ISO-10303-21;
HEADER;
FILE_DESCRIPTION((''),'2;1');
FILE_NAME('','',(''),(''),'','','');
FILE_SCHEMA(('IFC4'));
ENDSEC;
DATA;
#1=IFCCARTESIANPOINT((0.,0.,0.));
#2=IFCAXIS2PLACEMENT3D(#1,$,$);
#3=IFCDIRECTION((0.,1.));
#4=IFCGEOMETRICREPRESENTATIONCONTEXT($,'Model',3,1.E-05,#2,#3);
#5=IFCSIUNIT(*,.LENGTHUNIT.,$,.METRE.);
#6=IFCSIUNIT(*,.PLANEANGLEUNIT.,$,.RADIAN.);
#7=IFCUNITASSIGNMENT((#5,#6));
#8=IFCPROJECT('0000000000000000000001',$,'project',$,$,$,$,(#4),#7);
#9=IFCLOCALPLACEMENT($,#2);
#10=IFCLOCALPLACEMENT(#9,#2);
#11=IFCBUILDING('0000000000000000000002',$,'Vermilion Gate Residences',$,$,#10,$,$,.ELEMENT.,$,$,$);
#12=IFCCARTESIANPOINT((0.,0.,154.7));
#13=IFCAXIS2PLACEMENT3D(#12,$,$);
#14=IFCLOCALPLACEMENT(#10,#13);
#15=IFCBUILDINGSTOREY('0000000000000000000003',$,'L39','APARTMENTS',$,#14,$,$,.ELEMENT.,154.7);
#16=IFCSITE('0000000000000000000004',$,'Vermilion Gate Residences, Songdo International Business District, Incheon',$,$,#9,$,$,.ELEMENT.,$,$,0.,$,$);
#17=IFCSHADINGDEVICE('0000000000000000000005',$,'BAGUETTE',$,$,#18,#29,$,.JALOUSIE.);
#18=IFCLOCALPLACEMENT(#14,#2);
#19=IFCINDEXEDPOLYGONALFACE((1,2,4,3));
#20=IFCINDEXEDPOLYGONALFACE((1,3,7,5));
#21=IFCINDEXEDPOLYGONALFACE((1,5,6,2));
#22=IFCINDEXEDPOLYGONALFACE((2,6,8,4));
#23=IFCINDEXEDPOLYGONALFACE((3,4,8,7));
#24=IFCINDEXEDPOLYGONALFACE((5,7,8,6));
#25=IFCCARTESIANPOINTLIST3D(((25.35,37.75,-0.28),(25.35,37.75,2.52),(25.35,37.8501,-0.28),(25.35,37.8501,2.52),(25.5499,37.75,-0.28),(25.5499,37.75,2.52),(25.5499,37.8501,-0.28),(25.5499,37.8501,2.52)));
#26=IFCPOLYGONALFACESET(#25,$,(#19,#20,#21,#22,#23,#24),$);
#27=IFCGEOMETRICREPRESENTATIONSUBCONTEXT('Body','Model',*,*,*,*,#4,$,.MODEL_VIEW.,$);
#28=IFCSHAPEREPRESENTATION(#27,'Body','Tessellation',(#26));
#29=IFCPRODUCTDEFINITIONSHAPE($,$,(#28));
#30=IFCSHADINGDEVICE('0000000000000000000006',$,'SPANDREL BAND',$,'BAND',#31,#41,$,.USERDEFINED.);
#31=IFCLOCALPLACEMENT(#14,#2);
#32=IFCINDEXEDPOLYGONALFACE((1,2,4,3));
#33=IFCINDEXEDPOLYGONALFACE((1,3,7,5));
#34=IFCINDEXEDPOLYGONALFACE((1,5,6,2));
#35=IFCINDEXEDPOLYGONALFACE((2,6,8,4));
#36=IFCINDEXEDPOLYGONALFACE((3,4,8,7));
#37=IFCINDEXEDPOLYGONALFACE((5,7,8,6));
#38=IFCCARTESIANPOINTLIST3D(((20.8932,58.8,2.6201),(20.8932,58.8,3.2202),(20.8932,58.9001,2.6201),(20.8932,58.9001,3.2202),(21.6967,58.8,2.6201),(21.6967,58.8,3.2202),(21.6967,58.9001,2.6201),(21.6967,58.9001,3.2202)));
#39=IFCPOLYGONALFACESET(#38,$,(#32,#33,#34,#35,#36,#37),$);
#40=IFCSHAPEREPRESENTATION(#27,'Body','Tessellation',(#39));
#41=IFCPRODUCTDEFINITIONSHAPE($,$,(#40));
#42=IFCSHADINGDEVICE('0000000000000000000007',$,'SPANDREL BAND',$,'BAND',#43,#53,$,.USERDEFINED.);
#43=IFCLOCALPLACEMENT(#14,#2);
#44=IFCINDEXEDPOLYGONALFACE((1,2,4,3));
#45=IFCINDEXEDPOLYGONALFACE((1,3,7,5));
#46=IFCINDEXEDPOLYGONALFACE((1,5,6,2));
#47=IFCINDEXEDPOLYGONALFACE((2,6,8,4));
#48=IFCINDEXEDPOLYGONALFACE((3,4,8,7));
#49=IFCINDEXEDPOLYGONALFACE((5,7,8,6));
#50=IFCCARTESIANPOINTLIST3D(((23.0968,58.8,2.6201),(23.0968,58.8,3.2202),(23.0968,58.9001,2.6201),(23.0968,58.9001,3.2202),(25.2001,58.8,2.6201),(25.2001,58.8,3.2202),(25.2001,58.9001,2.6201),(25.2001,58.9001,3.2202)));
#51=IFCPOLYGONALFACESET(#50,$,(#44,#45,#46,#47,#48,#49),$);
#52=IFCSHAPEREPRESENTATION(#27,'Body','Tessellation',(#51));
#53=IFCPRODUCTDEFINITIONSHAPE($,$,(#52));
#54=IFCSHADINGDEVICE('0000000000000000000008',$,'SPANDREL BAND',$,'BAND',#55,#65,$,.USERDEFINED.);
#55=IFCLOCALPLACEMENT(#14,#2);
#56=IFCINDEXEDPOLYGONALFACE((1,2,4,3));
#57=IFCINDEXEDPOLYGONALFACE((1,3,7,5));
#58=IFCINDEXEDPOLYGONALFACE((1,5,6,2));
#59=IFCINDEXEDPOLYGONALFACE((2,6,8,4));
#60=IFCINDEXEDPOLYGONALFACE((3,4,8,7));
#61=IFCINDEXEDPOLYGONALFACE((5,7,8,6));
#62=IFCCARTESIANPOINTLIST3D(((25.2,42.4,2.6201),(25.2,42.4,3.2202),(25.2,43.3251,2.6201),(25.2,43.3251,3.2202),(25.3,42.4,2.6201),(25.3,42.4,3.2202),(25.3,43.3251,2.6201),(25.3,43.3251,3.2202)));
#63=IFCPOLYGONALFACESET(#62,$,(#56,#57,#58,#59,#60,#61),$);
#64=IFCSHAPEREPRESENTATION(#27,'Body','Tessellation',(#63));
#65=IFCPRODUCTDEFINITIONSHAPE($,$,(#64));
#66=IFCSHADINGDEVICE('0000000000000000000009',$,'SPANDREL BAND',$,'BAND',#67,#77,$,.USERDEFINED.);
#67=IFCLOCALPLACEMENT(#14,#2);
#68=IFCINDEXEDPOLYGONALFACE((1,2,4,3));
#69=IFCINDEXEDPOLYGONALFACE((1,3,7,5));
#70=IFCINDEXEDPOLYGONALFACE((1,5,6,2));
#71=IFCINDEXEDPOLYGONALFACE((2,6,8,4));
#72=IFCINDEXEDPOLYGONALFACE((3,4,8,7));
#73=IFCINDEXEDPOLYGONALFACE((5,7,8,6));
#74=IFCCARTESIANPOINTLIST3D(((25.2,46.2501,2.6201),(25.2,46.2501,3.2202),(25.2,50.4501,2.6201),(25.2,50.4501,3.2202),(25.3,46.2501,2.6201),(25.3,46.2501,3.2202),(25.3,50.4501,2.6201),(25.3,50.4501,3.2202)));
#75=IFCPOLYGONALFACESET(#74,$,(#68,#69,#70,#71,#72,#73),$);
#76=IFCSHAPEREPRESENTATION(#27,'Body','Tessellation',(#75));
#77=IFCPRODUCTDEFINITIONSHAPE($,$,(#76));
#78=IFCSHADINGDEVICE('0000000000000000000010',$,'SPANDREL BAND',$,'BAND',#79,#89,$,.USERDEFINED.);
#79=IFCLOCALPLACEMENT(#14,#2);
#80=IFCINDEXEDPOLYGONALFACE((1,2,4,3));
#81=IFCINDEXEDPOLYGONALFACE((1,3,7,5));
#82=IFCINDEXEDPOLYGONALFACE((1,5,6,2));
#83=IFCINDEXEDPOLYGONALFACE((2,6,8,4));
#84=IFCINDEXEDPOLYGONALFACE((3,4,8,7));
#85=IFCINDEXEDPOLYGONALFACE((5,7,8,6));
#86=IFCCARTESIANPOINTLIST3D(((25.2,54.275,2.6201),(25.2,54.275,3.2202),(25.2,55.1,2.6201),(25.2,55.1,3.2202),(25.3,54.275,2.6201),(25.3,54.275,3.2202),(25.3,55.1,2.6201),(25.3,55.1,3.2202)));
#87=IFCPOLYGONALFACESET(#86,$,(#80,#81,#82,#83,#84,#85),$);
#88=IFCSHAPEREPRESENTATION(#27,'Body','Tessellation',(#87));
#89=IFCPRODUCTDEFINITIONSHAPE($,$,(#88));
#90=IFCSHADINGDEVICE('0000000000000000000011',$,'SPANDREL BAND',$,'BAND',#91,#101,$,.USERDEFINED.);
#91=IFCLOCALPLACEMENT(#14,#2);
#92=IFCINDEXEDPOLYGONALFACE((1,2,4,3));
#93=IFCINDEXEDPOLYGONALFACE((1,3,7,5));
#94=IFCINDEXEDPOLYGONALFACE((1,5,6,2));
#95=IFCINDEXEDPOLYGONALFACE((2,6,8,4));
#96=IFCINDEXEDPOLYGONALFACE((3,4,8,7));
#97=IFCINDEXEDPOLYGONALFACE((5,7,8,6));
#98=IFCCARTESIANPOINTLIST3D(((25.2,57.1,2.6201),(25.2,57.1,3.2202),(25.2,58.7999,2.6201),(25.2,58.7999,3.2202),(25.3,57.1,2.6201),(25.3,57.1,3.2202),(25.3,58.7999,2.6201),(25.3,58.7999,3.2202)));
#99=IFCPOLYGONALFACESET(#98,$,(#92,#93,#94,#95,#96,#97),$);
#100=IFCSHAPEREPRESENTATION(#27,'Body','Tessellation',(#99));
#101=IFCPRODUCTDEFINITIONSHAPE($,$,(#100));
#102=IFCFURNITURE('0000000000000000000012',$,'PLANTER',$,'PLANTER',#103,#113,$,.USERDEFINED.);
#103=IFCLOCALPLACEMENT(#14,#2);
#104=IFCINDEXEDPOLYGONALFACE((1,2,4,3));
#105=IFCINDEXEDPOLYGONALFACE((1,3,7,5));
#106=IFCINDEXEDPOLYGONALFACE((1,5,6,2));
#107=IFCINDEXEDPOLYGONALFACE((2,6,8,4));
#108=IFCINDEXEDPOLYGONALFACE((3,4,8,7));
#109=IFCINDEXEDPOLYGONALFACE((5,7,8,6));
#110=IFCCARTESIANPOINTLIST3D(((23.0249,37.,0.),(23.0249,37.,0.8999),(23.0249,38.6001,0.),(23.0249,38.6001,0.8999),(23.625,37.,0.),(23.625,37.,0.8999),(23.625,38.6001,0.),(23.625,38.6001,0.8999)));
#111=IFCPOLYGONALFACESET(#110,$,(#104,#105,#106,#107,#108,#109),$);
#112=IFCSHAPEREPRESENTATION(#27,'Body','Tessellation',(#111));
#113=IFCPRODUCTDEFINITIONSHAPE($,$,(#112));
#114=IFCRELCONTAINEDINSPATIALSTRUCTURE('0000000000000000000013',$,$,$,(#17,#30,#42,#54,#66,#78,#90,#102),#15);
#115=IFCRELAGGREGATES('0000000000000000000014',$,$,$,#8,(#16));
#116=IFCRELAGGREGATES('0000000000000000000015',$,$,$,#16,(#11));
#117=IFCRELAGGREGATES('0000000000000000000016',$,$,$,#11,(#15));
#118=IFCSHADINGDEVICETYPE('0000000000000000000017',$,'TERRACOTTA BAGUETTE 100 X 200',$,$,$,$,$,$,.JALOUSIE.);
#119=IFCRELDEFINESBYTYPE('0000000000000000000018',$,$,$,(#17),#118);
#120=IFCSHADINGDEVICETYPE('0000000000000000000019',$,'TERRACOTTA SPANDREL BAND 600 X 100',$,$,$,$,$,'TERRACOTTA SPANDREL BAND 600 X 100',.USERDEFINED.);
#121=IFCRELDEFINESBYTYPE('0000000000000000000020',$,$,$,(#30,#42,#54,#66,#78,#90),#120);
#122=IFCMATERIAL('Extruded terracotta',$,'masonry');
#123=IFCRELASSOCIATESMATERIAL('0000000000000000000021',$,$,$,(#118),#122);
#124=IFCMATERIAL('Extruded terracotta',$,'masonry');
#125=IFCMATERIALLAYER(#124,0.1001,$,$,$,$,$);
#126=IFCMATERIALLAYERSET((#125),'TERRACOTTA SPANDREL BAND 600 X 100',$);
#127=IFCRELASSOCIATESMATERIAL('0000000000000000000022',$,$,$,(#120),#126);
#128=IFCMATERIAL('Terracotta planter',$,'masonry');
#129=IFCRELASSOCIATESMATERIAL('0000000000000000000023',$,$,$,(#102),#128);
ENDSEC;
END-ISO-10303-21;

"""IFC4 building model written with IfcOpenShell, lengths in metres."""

from ifc_helpers import new_model, si_unit, direction, frame, origin, origin_2d, place, context, subcontext, project, spatial, rectangle, extrude, material, layer, layer_set, material_profile, profile_set, type_object, element, save


model = new_model("IFC4")

# Units and contexts
model_context = context("Model", 3, precision=1e-05, world=origin(), true_north=direction((0.0, 1.0)))
body_context = subcontext(model_context, "Body", "Model", "MODEL_VIEW")
ifc_project = project(units=[si_unit("LENGTHUNIT", "METRE"), si_unit("PLANEANGLEUNIT", "RADIAN")], contexts=[model_context])

# Site, building, storey
site_placement = place(None, origin())
site = spatial("IfcSite", under=ifc_project, at=site_placement, Name="Vermilion Gate Residences, Songdo International Business District, Incheon", CompositionType="ELEMENT", RefElevation=0.0)
building_placement = place(site_placement, origin())
building = spatial("IfcBuilding", under=site, at=building_placement, Name="Vermilion Gate Residences", CompositionType="ELEMENT")
storey_placement = place(building_placement, frame((0.0, 0.0, 154.7)))
storey = spatial("IfcBuildingStorey", under=building, at=storey_placement, Name="L39", Description="APARTMENTS", CompositionType="ELEMENT", Elevation=154.7)

# Shading devices
ifc_material_1 = material(Name="Extruded terracotta", Category="masonry")
ifc_material_profile_1 = material_profile(ifc_material_1, rectangle(XDim=0.2, YDim=0.1001, at=origin_2d()), Name="BAGUETTE 100 X 200")
ifc_profile_set_1 = profile_set([ifc_material_profile_1], Name="Extruded terracotta")
shading_device_type_1 = type_object("IfcShadingDeviceType", Name="TERRACOTTA BAGUETTE 100 X 200", PredefinedType="JALOUSIE", material=ifc_profile_set_1)
shading_device_1_placement = place(storey_placement, frame((25.45, 37.8, -0.28), z_axis=(0.0, 0.0, 1.0), x_axis=(-1.0, 0.0, 0.0)))
element("IfcShadingDevice", 1, at=shading_device_1_placement, inside=storey, type_object=shading_device_type_1, Name="BAGUETTE", PredefinedType="JALOUSIE", context=body_context, shape_type="SweptSolid", body=[
    extrude(rectangle(XDim=0.2, YDim=0.1001, at=origin_2d()), origin(), (0.0, 0.0, 1.0), 2.8),
])
ifc_material_2 = material(Name="Extruded terracotta", Category="masonry")
ifc_layer_1 = layer(ifc_material_2, 0.1001)
ifc_layer_set_1 = layer_set([ifc_layer_1], Name="TERRACOTTA SPANDREL BAND 600 X 100")
shading_device_type_2 = type_object("IfcShadingDeviceType", Name="TERRACOTTA SPANDREL BAND 600 X 100", ElementType="TERRACOTTA SPANDREL BAND 600 X 100", PredefinedType="USERDEFINED", material=ifc_layer_set_1)
shading_device_2_placement = place(storey_placement, frame((21.2949, 58.8501, 2.6201), z_axis=(0.0, 0.0, 1.0), x_axis=(1.0, 0.0, 0.0)))
element("IfcShadingDevice", 2, at=shading_device_2_placement, inside=storey, type_object=shading_device_type_2, Name="SPANDREL BAND", ObjectType="BAND", PredefinedType="USERDEFINED", context=body_context, shape_type="SweptSolid", body=[
    extrude(rectangle(XDim=0.8035, YDim=0.1001, at=origin_2d()), origin(), (0.0, 0.0, 1.0), 0.6001),
])
shading_device_3_placement = place(storey_placement, frame((24.1484, 58.8501, 2.6201), z_axis=(0.0, 0.0, 1.0), x_axis=(1.0, 0.0, 0.0)))
element("IfcShadingDevice", 3, at=shading_device_3_placement, inside=storey, type_object=shading_device_type_2, Name="SPANDREL BAND", ObjectType="BAND", PredefinedType="USERDEFINED", context=body_context, shape_type="SweptSolid", body=[
    extrude(rectangle(XDim=2.1033, YDim=0.1001, at=origin_2d()), origin(), (0.0, 0.0, 1.0), 0.6001),
])
shading_device_4_placement = place(storey_placement, frame((25.25, 42.8625, 2.6201), z_axis=(0.0, 0.0, 1.0), x_axis=(0.0, 1.0, 0.0)))
element("IfcShadingDevice", 4, at=shading_device_4_placement, inside=storey, type_object=shading_device_type_2, Name="SPANDREL BAND", ObjectType="BAND", PredefinedType="USERDEFINED", context=body_context, shape_type="SweptSolid", body=[
    extrude(rectangle(XDim=0.925, YDim=0.1001, at=origin_2d()), origin(), (0.0, 0.0, 1.0), 0.6001),
])
shading_device_5_placement = place(storey_placement, frame((25.25, 48.3501, 2.6201), z_axis=(0.0, 0.0, 1.0), x_axis=(0.0, 1.0, 0.0)))
element("IfcShadingDevice", 5, at=shading_device_5_placement, inside=storey, type_object=shading_device_type_2, Name="SPANDREL BAND", ObjectType="BAND", PredefinedType="USERDEFINED", context=body_context, shape_type="SweptSolid", body=[
    extrude(rectangle(XDim=4.2, YDim=0.1001, at=origin_2d()), origin(), (0.0, 0.0, 1.0), 0.6001),
])
shading_device_6_placement = place(storey_placement, frame((25.25, 54.6875, 2.6201), z_axis=(0.0, 0.0, 1.0), x_axis=(0.0, 1.0, 0.0)))
element("IfcShadingDevice", 6, at=shading_device_6_placement, inside=storey, type_object=shading_device_type_2, Name="SPANDREL BAND", ObjectType="BAND", PredefinedType="USERDEFINED", context=body_context, shape_type="SweptSolid", body=[
    extrude(rectangle(XDim=0.825, YDim=0.1001, at=origin_2d()), origin(), (0.0, 0.0, 1.0), 0.6001),
])
shading_device_7_placement = place(storey_placement, frame((25.25, 57.95, 2.6201), z_axis=(0.0, 0.0, 1.0), x_axis=(0.0, 1.0, 0.0)))
element("IfcShadingDevice", 7, at=shading_device_7_placement, inside=storey, type_object=shading_device_type_2, Name="SPANDREL BAND", ObjectType="BAND", PredefinedType="USERDEFINED", context=body_context, shape_type="SweptSolid", body=[
    extrude(rectangle(XDim=1.7, YDim=0.1001, at=origin_2d()), origin(), (0.0, 0.0, 1.0), 0.6001),
])

# Furniture
ifc_material_3 = material(Name="Terracotta planter", Category="masonry")
furniture_placement = place(storey_placement, frame((23.325, 37.8, 0.0), z_axis=(0.0, 0.0, 1.0), x_axis=(0.0, 1.0, 0.0)))
element("IfcFurniture", 8, at=furniture_placement, inside=storey, material=ifc_material_3, Name="PLANTER", ObjectType="PLANTER", PredefinedType="USERDEFINED", context=body_context, shape_type="SweptSolid", body=[
    extrude(rectangle(XDim=1.6001, YDim=0.6001, at=origin_2d()), origin(), (0.0, 0.0, 1.0), 0.8999),
])

save(model, "model.ifc")
